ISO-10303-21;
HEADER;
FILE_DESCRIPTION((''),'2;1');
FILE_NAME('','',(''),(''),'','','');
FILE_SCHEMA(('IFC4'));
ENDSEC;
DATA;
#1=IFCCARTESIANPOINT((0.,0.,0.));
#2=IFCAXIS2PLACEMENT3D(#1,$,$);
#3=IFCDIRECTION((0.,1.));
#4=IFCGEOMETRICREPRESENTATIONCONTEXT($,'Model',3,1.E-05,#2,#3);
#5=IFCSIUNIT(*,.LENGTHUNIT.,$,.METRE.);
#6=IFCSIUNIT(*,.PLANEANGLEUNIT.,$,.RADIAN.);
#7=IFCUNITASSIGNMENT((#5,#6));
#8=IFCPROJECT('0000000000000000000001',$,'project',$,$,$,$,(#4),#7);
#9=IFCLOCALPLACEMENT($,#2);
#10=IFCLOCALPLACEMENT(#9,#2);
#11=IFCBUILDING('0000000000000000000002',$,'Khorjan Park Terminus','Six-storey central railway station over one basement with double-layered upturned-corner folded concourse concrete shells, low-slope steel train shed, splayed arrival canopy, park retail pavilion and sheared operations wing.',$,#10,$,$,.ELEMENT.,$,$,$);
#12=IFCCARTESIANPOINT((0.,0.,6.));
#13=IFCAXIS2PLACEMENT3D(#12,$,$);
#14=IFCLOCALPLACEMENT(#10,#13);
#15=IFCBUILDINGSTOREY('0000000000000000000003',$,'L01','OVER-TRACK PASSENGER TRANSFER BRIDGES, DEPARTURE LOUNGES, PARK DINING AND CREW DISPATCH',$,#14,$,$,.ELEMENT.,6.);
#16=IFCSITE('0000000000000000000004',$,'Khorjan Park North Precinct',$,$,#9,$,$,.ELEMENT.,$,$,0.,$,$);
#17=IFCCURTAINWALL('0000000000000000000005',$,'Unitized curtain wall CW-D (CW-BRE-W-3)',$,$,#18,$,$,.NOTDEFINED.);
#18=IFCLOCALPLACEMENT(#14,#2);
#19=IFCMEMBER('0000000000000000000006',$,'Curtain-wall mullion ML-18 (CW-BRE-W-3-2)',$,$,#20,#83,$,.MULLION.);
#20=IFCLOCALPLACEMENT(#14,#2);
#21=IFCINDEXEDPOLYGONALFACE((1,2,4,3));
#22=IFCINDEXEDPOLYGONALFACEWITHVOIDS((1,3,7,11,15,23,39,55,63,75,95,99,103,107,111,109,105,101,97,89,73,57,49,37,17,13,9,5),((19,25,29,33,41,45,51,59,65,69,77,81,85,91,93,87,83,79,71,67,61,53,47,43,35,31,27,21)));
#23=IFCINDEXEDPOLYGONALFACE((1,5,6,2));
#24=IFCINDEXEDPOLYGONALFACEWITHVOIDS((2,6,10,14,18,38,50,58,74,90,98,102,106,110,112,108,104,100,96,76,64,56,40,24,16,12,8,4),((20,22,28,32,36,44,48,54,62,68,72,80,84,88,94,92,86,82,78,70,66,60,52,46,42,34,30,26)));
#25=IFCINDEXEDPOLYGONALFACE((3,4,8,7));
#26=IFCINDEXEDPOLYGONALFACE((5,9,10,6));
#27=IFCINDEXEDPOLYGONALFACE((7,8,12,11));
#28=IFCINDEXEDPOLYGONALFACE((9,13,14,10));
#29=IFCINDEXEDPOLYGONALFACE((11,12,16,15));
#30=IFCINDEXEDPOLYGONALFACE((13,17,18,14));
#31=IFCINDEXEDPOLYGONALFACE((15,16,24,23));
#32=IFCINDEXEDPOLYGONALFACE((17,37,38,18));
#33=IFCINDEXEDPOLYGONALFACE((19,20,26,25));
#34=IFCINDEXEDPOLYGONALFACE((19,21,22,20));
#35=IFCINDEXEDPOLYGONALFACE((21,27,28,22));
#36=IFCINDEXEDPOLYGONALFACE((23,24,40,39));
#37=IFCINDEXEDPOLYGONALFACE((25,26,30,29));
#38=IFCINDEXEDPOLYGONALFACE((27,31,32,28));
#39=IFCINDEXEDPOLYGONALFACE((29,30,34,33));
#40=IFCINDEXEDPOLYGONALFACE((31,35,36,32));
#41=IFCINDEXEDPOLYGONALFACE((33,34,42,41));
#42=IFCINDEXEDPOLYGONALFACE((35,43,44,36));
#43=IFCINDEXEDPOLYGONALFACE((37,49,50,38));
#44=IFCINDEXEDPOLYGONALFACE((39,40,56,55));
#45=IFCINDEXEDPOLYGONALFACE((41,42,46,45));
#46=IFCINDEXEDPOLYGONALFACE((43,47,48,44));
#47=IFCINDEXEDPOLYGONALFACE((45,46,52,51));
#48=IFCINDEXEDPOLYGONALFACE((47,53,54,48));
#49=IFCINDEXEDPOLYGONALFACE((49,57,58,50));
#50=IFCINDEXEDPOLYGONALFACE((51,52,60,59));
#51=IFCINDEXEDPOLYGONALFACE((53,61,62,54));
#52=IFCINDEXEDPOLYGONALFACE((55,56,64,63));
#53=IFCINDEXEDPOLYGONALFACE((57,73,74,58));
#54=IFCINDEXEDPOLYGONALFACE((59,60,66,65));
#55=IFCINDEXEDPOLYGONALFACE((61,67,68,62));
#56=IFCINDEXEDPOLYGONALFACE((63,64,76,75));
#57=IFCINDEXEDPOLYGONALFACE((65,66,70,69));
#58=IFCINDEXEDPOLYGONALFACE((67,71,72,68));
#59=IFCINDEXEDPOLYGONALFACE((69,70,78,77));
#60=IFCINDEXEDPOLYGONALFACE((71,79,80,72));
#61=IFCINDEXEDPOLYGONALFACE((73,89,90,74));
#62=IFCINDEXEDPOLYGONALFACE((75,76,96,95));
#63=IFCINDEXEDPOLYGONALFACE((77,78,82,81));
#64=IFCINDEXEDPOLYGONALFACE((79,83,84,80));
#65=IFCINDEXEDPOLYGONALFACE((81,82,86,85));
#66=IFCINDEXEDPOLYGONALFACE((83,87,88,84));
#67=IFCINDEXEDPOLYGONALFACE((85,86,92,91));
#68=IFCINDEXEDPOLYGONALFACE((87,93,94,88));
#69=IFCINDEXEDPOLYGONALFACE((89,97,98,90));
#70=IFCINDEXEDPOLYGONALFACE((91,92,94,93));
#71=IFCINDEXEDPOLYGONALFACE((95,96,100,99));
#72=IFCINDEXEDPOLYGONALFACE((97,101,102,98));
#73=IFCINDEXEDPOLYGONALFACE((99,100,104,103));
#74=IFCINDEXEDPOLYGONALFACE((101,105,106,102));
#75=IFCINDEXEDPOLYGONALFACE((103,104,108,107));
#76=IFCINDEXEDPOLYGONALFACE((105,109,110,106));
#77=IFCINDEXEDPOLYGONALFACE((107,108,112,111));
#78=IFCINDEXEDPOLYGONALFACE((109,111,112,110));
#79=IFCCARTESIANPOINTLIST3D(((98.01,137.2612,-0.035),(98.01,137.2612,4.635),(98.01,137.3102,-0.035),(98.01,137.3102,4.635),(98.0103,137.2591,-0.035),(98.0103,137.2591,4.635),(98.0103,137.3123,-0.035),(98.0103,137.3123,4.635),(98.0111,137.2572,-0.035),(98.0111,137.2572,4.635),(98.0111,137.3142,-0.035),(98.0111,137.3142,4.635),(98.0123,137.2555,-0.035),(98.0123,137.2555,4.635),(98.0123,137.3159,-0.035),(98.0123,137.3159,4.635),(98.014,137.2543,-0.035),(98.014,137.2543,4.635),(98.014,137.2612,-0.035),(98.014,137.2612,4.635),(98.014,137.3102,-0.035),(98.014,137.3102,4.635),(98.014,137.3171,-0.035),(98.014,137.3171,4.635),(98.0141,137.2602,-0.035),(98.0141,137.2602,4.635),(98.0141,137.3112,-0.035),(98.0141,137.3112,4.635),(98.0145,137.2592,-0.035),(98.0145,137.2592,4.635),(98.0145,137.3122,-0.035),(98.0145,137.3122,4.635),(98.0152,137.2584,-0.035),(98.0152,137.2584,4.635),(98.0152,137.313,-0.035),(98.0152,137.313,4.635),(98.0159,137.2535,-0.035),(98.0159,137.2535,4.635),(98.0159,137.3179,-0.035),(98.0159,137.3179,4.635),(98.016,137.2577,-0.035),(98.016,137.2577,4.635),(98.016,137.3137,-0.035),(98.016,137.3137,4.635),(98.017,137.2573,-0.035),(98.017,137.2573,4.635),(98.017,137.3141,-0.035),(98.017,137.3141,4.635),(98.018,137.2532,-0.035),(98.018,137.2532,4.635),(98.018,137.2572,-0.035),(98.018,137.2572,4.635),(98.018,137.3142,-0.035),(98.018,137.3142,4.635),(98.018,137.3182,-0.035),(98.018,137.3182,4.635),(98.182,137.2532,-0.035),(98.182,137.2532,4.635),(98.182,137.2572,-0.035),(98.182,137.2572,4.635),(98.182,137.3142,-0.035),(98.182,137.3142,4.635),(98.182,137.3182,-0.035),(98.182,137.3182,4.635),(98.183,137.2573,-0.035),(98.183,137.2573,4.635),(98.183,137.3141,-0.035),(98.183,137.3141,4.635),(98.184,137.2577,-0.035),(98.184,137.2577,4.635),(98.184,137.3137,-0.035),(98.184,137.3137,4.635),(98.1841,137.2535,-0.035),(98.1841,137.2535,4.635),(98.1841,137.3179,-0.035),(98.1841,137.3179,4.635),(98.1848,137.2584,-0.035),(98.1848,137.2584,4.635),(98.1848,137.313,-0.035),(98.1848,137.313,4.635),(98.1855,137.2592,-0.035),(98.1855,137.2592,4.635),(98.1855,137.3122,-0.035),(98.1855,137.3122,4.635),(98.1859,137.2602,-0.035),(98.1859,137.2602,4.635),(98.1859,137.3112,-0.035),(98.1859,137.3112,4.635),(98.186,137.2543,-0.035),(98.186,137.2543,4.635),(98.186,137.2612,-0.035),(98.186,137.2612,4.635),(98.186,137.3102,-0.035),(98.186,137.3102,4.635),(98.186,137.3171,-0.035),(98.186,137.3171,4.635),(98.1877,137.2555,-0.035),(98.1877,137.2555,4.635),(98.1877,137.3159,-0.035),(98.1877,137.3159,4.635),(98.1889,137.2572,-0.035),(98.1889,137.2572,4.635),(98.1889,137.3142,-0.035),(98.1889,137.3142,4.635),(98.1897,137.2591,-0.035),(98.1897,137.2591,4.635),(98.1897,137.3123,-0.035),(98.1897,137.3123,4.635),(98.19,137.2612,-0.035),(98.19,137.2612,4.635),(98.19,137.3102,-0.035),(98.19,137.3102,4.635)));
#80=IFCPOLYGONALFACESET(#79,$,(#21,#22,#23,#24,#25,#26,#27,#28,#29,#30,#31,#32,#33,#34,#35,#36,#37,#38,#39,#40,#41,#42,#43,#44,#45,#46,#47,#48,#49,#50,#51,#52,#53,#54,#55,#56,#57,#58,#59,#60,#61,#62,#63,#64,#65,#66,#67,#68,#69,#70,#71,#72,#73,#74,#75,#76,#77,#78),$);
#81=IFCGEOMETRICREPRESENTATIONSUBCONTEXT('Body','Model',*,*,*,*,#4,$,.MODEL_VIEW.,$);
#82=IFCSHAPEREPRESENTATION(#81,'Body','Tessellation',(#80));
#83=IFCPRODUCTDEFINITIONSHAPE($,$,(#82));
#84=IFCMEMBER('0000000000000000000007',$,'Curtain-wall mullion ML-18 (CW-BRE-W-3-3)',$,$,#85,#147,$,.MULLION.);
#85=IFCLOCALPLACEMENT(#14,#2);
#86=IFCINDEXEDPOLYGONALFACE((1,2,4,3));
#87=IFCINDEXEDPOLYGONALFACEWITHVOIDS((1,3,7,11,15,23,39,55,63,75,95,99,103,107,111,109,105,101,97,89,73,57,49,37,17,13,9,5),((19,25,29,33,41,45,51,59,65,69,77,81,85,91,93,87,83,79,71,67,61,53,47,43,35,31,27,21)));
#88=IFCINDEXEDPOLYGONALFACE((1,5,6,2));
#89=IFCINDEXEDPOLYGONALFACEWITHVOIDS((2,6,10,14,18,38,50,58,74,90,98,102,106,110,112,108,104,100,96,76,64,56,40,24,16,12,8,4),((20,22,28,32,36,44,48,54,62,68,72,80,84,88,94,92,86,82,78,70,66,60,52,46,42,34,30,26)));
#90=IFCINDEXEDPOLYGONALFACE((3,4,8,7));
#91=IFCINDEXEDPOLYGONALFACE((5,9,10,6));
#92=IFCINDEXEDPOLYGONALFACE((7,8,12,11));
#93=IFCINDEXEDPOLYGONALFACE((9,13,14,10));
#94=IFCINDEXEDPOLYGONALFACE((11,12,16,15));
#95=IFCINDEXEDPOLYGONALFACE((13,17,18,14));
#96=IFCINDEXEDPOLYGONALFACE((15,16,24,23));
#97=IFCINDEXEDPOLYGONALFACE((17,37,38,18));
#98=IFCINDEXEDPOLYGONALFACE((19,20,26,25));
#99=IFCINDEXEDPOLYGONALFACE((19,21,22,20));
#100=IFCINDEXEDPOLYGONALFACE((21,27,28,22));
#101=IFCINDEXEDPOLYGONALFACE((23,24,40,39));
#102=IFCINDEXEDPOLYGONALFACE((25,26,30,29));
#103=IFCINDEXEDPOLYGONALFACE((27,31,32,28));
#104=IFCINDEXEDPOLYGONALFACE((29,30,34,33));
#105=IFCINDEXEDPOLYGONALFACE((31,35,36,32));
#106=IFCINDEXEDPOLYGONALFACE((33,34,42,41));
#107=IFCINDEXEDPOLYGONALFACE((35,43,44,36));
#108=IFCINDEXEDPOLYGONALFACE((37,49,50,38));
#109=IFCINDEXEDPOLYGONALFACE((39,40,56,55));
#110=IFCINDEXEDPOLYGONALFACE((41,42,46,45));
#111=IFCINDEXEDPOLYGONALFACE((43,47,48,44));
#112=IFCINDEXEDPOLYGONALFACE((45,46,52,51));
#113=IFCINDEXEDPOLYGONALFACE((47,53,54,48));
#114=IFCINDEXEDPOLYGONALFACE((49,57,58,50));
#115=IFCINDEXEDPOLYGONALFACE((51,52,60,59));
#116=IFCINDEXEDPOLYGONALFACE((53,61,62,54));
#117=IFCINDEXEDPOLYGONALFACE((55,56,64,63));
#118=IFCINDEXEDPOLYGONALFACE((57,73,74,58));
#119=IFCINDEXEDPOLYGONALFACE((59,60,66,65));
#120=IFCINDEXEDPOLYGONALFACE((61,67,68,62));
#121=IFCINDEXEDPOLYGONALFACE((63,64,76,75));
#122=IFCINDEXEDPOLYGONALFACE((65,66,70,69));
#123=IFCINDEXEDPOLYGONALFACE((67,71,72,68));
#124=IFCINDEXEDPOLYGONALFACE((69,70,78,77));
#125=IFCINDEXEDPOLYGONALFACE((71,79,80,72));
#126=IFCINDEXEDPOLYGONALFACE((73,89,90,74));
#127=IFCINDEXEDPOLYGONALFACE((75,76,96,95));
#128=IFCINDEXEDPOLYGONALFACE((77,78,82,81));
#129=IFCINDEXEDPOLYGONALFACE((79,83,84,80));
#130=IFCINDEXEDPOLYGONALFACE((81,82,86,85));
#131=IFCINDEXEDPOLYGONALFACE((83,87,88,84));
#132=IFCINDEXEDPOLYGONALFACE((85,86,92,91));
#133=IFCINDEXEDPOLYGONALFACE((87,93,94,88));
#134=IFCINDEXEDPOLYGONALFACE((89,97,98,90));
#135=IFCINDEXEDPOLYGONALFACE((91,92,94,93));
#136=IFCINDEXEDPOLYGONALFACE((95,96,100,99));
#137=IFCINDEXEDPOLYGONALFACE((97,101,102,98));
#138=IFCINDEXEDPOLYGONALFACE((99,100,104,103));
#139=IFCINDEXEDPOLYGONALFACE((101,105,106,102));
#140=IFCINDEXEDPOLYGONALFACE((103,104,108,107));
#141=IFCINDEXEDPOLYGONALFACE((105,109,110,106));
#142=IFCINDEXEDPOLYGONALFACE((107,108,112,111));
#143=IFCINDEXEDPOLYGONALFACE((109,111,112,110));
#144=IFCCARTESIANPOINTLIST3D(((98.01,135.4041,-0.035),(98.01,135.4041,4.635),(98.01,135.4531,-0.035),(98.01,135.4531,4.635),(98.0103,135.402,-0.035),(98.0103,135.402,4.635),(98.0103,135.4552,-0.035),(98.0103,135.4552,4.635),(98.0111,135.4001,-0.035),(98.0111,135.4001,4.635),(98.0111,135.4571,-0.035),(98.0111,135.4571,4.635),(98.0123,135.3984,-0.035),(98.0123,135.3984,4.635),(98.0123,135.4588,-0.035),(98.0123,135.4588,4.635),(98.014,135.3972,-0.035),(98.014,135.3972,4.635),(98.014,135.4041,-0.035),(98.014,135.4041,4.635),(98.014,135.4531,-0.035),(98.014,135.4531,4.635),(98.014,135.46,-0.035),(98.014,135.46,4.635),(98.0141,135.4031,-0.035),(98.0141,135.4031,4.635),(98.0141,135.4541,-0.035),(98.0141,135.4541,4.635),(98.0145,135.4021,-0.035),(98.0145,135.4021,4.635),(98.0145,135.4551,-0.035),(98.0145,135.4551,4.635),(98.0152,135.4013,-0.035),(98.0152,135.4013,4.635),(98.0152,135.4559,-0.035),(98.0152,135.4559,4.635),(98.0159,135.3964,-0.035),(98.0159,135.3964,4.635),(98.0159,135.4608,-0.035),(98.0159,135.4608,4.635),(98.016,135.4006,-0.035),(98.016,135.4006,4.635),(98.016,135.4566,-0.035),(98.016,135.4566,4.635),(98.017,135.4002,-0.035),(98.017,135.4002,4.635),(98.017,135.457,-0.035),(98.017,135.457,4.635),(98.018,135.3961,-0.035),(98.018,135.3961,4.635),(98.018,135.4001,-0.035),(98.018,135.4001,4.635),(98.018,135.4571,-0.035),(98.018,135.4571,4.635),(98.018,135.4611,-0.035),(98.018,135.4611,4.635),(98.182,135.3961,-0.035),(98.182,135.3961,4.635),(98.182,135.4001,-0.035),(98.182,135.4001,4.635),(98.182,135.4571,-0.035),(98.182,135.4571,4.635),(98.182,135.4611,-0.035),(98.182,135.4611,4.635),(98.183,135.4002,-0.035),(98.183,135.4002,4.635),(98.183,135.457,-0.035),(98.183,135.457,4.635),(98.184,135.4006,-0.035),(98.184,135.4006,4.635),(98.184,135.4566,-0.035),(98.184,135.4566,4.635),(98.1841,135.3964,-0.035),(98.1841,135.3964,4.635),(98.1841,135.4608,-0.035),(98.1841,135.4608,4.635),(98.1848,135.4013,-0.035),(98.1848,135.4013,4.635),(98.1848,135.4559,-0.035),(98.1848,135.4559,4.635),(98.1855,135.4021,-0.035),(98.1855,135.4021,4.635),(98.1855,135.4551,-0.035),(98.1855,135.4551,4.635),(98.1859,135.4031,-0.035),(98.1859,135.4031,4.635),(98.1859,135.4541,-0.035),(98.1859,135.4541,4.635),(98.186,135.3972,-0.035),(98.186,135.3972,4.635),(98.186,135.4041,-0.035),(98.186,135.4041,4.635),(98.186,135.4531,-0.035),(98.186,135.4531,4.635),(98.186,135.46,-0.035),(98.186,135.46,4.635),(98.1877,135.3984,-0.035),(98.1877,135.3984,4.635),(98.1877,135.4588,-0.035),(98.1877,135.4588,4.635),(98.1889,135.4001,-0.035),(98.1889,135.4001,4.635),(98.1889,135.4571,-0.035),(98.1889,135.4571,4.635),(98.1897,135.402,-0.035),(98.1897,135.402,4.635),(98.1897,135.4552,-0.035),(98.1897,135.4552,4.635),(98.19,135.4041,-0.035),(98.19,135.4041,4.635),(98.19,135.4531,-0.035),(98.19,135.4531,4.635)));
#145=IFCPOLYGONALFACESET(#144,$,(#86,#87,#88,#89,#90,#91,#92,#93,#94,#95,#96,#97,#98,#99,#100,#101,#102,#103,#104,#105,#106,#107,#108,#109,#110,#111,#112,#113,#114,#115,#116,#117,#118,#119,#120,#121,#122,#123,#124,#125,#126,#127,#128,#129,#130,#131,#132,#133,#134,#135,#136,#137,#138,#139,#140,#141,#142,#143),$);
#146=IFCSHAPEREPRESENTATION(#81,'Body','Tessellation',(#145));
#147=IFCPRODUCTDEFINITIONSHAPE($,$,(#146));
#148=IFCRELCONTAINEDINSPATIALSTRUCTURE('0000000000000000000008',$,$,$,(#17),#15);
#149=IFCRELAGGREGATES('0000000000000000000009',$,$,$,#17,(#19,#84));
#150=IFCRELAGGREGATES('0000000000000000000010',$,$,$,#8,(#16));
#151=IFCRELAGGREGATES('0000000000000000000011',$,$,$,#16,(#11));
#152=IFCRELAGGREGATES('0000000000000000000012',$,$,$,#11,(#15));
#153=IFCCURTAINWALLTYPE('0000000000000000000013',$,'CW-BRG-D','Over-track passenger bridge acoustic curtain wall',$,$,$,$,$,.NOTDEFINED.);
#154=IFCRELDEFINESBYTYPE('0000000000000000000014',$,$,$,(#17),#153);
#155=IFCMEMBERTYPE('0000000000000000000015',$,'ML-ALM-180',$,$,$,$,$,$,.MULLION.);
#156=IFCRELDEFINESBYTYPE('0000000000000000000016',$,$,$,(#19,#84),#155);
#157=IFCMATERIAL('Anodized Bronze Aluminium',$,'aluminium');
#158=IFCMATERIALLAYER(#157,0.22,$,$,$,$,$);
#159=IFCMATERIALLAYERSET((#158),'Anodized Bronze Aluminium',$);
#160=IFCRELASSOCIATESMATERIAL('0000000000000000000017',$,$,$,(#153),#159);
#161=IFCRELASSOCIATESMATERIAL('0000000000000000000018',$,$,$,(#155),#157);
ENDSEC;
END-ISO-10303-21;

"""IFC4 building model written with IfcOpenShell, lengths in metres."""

from ifc_helpers import new_model, si_unit, direction, frame, origin, origin_2d, place, context, subcontext, project, spatial, hollow_rectangle, extrude, material, layer, layer_set, material_profile, profile_set, type_object, element, aggregate, save


model = new_model("IFC4")

# Units and contexts
model_context = context("Model", 3, precision=1e-05, world=origin(), true_north=direction((0.0, 1.0)))
body_context = subcontext(model_context, "Body", "Model", "MODEL_VIEW")
ifc_project = project(units=[si_unit("LENGTHUNIT", "METRE"), si_unit("PLANEANGLEUNIT", "RADIAN")], contexts=[model_context])

# Site, building, storey
site_placement = place(None, origin())
site = spatial("IfcSite", under=ifc_project, at=site_placement, Name="Khorjan Park North Precinct", CompositionType="ELEMENT", RefElevation=0.0)
building_placement = place(site_placement, origin())
building = spatial("IfcBuilding", under=site, at=building_placement, Name="Khorjan Park Terminus", Description="Six-storey central railway station over one basement with double-layered upturned-corner folded concourse concrete shells, low-slope steel train shed, splayed arrival canopy, park retail pavilion and sheared operations wing.", CompositionType="ELEMENT")
storey_placement = place(building_placement, frame((0.0, 0.0, 6.0)))
storey = spatial("IfcBuildingStorey", under=building, at=storey_placement, Name="L01", Description="OVER-TRACK PASSENGER TRANSFER BRIDGES, DEPARTURE LOUNGES, PARK DINING AND CREW DISPATCH", CompositionType="ELEMENT", Elevation=6.0)

# Curtain wall, members
ifc_material_1 = material(Name="Anodized Bronze Aluminium", Category="aluminium")
ifc_layer_1 = layer(ifc_material_1, 0.22)
ifc_layer_set_1 = layer_set([ifc_layer_1], Name="Anodized Bronze Aluminium")
curtain_wall_type = type_object("IfcCurtainWallType", Name="CW-BRG-D", Description="Over-track passenger bridge acoustic curtain wall", PredefinedType="NOTDEFINED", material=ifc_layer_set_1)
curtain_wall_1_placement = place(storey_placement, origin())
curtain_wall_1 = element("IfcCurtainWall", 1, at=curtain_wall_1_placement, inside=storey, type_object=curtain_wall_type, Name="Unitized curtain wall CW-D (CW-BRE-W-3)", PredefinedType="NOTDEFINED")
ifc_material_profile_1 = material_profile(ifc_material_1, hollow_rectangle(XDim=0.065, YDim=0.18, WallThickness=0.004, InnerFilletRadius=0.004, OuterFilletRadius=0.008, at=origin_2d()), Name="ALM 65x180x4")
ifc_profile_set_1 = profile_set([ifc_material_profile_1], Name="Anodized Bronze Aluminium")
member_type_1 = type_object("IfcMemberType", Name="ML-ALM-180", PredefinedType="MULLION", material=ifc_profile_set_1)
member_1_placement = place(storey_placement, frame((98.1, 137.2857, -0.035), z_axis=(0.0, 0.0, 1.0), x_axis=(0.0, -1.0, 0.0)))
member_1 = element("IfcMember", 2, at=member_1_placement, type_object=member_type_1, Name="Curtain-wall mullion ML-18 (CW-BRE-W-3-2)", PredefinedType="MULLION", context=body_context, shape_type="SweptSolid", body=[
    extrude(hollow_rectangle(XDim=0.065, YDim=0.18, WallThickness=0.004, InnerFilletRadius=0.004, OuterFilletRadius=0.008, at=origin_2d()), origin(), (0.0, 0.0, 1.0), 4.67),
])
member_2_placement = place(storey_placement, frame((98.1, 135.4286, -0.035), z_axis=(0.0, 0.0, 1.0), x_axis=(0.0, -1.0, 0.0)))
member_2 = element("IfcMember", 3, at=member_2_placement, type_object=member_type_1, Name="Curtain-wall mullion ML-18 (CW-BRE-W-3-3)", PredefinedType="MULLION", context=body_context, shape_type="SweptSolid", body=[
    extrude(hollow_rectangle(XDim=0.065, YDim=0.18, WallThickness=0.004, InnerFilletRadius=0.004, OuterFilletRadius=0.008, at=origin_2d()), origin(), (0.0, 0.0, 1.0), 4.67),
])

aggregate(curtain_wall_1, [member_1, member_2])

save(model, "model.ifc")
